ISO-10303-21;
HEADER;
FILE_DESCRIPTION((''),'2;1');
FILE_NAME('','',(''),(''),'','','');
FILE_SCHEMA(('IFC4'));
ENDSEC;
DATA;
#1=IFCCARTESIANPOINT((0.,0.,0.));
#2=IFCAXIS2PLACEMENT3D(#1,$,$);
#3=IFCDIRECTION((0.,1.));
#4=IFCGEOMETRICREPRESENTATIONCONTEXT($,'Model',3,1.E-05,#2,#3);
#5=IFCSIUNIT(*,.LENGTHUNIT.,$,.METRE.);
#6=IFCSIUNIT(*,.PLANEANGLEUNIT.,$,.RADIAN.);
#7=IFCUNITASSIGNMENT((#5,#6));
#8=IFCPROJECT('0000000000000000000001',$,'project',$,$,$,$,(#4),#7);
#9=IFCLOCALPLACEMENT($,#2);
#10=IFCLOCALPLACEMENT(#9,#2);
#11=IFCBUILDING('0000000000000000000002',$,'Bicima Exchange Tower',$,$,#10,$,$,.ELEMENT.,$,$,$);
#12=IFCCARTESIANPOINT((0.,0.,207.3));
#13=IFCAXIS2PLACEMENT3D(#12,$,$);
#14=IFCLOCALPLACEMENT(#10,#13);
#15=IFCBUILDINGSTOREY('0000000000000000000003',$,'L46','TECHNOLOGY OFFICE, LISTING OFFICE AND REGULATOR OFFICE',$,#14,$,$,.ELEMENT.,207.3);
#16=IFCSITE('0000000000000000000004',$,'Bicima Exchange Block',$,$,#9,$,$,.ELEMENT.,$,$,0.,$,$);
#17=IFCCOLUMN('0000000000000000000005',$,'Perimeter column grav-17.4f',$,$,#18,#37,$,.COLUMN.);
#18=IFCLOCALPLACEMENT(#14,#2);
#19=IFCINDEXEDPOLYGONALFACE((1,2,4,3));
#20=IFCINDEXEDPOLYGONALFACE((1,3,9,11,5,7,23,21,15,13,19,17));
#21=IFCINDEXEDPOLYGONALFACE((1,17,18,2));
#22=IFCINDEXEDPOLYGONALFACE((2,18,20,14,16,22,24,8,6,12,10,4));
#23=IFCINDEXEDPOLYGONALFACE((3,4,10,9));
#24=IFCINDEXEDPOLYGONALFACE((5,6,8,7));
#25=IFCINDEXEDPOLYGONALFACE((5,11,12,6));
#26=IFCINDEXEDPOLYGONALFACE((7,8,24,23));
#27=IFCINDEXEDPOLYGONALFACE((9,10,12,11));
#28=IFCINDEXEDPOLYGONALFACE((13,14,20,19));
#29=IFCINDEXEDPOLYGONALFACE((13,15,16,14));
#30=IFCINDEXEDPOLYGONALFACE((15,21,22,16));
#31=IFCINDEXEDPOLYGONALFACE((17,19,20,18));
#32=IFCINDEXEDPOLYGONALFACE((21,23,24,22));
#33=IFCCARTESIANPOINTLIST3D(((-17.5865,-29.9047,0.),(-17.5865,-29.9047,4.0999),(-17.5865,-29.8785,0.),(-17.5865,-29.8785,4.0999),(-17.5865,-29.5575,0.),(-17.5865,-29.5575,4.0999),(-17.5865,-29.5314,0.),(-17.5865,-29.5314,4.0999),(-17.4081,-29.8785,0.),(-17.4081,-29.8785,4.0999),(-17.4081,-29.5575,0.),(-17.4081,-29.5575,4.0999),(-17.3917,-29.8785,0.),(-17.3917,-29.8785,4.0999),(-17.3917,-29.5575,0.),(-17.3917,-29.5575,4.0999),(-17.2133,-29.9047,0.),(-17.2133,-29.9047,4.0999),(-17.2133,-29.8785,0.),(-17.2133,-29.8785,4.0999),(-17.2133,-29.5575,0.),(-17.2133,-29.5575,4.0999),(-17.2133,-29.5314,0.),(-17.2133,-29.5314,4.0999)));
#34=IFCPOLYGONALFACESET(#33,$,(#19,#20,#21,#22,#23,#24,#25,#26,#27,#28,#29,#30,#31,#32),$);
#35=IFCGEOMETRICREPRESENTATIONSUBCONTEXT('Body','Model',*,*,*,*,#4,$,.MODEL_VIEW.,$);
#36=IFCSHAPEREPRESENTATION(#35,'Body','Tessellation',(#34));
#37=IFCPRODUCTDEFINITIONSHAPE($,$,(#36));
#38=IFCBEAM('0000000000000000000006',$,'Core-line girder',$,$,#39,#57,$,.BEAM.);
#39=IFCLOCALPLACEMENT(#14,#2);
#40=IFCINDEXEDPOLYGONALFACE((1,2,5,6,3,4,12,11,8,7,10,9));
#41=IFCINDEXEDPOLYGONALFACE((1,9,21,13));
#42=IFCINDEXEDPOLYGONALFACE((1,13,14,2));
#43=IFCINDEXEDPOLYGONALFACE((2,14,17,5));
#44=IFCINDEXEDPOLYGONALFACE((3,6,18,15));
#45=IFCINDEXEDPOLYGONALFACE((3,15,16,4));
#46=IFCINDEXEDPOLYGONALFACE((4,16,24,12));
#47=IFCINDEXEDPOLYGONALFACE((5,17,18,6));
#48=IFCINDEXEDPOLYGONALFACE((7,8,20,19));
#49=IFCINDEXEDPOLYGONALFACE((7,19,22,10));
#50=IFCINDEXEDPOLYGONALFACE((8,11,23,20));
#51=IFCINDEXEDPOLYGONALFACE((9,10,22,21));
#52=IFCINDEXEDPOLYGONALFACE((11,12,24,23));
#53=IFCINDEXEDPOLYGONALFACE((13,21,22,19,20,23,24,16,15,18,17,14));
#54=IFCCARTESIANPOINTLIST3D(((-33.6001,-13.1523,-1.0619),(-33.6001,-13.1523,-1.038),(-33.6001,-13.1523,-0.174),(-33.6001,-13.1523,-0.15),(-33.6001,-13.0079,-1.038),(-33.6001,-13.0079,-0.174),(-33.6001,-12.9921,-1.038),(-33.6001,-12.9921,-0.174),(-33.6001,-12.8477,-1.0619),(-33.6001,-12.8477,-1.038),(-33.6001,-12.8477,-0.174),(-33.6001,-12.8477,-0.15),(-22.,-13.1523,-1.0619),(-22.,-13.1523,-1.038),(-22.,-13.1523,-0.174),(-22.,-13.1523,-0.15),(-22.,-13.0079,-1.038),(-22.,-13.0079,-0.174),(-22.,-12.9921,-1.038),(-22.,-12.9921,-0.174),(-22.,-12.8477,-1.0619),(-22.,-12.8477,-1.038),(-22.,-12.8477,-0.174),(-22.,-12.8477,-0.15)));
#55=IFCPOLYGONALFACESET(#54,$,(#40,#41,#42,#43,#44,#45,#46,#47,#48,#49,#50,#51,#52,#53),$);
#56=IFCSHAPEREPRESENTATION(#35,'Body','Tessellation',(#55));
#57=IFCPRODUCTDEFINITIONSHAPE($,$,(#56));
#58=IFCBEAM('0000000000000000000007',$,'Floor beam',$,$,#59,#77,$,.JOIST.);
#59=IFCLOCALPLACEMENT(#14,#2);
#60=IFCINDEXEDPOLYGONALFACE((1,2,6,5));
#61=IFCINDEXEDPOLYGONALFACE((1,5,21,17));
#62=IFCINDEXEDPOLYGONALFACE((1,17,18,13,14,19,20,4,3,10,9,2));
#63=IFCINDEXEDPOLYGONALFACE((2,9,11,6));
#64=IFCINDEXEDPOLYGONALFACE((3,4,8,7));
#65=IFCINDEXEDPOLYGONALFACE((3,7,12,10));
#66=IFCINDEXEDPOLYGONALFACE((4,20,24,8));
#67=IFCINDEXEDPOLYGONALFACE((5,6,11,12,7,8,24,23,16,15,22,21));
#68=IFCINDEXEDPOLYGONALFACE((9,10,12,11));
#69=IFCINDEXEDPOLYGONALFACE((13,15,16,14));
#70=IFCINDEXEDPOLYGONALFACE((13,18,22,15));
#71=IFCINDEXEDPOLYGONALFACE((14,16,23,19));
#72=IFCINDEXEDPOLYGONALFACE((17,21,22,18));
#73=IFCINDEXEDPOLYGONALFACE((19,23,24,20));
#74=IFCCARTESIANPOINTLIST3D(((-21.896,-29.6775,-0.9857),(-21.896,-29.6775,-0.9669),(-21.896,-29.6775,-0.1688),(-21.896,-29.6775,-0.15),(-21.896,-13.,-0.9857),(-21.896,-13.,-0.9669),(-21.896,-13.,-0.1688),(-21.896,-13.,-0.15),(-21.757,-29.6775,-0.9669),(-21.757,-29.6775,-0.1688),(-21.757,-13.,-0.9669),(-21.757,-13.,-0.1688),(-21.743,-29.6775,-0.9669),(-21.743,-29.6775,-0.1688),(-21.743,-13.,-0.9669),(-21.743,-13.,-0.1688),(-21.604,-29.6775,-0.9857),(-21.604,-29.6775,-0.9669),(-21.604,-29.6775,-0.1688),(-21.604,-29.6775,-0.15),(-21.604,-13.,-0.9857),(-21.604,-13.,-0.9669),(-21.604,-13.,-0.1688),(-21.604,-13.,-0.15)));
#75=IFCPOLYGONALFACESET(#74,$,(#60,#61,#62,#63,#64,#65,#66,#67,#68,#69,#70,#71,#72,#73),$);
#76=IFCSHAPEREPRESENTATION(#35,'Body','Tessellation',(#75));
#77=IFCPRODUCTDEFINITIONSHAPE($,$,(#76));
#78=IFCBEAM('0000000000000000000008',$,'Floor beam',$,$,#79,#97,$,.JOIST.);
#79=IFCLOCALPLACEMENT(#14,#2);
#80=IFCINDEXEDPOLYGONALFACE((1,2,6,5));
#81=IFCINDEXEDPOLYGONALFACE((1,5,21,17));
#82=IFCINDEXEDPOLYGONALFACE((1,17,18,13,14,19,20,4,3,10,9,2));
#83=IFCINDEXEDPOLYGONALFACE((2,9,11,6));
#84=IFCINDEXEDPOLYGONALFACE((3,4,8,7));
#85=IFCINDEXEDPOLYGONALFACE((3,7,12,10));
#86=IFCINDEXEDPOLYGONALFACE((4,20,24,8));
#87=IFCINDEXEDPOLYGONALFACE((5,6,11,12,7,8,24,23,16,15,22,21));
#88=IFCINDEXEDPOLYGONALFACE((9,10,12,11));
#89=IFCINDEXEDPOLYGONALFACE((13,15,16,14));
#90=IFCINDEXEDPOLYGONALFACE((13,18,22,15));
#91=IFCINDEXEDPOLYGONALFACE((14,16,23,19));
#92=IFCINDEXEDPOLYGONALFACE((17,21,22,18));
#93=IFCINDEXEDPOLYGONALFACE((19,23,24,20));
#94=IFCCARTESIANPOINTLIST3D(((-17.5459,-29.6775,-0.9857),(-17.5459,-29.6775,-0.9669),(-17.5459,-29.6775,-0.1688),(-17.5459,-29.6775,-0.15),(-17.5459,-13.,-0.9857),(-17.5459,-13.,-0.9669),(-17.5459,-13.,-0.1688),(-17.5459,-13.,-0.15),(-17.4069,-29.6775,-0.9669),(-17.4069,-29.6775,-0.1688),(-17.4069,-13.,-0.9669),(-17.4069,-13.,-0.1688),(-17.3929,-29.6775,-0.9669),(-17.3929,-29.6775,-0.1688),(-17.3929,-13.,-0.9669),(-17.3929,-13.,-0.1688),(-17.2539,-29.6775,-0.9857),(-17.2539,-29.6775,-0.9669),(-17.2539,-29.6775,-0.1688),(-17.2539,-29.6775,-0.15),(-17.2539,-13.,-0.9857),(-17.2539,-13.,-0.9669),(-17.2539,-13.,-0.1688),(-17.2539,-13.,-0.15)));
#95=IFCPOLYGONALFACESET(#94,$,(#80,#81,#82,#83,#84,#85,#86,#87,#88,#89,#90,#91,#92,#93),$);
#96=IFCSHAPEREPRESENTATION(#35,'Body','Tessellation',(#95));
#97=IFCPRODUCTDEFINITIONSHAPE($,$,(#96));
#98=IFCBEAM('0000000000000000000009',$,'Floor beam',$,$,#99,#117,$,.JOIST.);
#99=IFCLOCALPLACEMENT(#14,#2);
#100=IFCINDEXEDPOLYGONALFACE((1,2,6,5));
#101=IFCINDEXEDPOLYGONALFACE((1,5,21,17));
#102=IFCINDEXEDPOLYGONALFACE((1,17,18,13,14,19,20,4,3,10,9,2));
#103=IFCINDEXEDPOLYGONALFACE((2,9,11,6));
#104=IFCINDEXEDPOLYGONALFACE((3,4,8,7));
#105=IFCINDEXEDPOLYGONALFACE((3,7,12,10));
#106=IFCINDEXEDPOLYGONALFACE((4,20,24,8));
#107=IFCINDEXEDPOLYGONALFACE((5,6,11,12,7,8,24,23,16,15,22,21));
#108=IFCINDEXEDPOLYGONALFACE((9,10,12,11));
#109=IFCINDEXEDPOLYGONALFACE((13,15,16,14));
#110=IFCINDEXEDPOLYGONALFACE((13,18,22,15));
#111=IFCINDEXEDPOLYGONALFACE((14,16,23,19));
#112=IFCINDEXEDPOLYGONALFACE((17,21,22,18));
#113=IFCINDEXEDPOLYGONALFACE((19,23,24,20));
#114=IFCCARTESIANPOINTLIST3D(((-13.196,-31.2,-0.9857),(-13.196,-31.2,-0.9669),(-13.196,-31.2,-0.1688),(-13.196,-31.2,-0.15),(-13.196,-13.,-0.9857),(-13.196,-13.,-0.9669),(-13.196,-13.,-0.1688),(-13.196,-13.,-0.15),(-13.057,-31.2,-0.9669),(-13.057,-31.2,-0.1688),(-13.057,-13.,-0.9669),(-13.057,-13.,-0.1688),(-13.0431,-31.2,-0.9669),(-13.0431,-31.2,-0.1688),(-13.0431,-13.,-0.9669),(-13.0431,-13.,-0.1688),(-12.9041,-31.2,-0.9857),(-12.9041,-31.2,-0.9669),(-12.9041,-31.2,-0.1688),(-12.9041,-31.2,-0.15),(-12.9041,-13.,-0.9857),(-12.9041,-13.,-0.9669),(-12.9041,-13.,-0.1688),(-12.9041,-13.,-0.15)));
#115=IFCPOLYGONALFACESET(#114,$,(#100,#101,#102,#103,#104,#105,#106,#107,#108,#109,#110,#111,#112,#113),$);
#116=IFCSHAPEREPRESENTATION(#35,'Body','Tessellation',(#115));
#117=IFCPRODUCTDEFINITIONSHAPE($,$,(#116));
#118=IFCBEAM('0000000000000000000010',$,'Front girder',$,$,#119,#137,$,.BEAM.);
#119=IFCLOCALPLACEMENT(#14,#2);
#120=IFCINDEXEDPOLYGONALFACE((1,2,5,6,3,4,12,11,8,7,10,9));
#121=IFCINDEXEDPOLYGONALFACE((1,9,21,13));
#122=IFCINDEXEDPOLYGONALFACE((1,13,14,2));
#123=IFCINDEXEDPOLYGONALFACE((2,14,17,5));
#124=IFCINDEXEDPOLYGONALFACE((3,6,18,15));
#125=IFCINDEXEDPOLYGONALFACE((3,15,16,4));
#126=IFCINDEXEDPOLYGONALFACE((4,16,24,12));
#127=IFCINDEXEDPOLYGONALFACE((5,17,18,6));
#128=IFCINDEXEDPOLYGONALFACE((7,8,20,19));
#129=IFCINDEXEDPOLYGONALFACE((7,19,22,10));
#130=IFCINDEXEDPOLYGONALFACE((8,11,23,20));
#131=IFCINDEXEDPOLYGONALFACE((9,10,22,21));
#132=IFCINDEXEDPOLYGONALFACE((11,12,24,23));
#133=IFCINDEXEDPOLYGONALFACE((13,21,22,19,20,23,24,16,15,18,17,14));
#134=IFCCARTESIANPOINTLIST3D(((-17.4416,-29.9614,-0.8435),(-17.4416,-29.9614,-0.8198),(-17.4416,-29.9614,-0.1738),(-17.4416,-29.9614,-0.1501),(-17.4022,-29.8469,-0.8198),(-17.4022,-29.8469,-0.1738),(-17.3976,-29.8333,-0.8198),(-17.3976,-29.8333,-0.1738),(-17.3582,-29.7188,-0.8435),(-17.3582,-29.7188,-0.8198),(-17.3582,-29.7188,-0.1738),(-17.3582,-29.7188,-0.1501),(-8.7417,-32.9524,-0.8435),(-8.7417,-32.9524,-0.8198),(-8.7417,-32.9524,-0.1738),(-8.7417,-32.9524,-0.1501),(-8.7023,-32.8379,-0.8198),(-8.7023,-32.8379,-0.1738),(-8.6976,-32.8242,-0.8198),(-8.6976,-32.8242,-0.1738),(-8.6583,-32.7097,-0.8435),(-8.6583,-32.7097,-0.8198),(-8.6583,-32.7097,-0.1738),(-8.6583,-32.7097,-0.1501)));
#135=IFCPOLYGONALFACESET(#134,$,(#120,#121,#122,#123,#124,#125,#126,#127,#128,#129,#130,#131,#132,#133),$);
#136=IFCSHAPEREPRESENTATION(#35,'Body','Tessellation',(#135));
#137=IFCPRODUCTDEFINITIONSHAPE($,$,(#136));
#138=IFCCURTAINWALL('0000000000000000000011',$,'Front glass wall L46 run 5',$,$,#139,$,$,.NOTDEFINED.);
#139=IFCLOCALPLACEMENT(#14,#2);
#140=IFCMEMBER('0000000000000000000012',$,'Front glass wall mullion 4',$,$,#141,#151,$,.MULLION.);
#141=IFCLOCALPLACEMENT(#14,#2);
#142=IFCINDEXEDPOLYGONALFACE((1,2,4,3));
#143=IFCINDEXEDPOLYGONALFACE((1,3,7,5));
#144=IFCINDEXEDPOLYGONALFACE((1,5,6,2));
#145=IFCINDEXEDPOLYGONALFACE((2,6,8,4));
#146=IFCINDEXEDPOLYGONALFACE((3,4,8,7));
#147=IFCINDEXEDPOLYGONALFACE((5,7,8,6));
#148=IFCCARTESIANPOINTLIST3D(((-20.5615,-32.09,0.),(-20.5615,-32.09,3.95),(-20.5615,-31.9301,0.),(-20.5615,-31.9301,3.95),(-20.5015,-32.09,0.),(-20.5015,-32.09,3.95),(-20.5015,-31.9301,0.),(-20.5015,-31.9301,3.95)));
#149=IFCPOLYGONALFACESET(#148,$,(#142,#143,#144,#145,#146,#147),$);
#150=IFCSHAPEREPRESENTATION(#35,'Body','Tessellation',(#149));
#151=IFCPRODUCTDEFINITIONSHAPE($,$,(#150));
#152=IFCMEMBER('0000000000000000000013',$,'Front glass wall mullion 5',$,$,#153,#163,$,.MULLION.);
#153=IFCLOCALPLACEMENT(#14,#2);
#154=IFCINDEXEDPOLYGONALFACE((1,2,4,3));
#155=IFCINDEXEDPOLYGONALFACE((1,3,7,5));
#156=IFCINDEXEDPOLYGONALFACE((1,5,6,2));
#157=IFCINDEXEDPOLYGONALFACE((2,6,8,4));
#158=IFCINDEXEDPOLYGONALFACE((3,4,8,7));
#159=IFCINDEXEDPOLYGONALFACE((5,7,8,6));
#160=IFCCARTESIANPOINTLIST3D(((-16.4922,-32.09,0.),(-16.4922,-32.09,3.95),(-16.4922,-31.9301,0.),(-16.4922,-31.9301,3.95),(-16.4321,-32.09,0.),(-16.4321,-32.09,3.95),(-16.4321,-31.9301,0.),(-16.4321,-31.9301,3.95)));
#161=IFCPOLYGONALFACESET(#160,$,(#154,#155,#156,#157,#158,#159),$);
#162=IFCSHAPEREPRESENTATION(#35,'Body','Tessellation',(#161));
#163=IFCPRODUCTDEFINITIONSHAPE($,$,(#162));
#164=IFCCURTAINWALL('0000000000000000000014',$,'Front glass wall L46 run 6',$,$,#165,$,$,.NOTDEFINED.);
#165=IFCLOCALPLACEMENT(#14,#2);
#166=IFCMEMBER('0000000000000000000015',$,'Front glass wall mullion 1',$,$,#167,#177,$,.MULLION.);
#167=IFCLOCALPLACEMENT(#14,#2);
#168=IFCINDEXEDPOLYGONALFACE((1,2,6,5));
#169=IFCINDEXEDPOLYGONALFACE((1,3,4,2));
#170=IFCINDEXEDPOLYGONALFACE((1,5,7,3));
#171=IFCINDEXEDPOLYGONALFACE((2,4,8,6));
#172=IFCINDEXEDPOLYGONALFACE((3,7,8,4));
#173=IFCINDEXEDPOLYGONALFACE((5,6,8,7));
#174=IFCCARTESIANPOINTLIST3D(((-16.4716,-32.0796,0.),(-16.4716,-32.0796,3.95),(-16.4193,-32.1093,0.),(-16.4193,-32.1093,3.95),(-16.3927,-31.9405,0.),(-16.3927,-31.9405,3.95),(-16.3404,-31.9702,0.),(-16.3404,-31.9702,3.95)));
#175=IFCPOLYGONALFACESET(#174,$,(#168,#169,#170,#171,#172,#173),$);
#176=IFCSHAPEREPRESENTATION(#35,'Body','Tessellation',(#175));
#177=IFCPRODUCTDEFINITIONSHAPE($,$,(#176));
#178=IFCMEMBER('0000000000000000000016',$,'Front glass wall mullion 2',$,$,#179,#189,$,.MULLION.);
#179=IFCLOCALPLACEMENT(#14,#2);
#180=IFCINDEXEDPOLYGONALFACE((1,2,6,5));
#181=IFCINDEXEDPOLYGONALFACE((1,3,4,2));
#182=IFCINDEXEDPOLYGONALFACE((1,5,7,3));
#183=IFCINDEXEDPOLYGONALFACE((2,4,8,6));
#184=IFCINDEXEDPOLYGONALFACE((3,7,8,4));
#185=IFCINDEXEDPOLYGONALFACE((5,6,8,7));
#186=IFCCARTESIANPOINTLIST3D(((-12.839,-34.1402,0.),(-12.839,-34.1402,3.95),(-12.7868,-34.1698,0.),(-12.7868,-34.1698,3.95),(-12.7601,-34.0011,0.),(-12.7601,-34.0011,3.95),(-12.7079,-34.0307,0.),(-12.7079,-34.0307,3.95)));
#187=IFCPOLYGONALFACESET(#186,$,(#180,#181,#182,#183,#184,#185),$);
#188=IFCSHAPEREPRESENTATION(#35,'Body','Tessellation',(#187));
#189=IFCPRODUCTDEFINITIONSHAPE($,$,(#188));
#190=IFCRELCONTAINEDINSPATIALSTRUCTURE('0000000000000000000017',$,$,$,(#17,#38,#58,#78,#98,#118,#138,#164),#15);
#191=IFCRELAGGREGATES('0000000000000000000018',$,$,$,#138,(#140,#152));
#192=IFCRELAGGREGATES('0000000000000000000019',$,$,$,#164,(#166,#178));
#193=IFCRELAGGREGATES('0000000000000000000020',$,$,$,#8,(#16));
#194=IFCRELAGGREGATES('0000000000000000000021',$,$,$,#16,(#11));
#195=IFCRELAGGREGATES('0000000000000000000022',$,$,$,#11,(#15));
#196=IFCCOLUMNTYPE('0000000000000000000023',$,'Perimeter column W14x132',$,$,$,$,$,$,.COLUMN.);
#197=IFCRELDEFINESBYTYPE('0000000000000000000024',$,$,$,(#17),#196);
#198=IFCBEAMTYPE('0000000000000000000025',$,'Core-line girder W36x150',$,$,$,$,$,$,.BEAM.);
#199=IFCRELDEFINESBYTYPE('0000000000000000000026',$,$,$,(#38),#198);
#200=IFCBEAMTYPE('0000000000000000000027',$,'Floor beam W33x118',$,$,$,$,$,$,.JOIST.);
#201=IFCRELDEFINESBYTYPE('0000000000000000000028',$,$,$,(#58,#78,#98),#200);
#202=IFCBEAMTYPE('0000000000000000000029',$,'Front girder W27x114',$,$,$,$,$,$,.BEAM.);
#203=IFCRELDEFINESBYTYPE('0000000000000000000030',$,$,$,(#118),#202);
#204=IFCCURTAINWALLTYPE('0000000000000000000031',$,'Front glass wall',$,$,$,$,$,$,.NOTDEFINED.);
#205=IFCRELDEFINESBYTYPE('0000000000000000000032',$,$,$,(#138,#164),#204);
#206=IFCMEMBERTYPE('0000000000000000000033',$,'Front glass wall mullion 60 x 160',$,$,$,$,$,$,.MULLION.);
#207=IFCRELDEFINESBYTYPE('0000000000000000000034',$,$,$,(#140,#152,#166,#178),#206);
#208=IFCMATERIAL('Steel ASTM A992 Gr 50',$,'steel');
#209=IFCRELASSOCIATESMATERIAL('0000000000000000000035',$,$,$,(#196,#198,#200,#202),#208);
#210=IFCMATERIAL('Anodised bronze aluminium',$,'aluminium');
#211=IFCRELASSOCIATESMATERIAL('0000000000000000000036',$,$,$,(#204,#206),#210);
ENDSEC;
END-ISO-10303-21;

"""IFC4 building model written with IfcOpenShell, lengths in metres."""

from ifc_helpers import new_model, si_unit, direction, frame, origin, origin_2d, place, context, subcontext, project, spatial, rectangle, i_section, extrude, material, material_profile, profile_set, type_object, element, aggregate, save


model = new_model("IFC4")

# Units and contexts
model_context = context("Model", 3, precision=1e-05, world=origin(), true_north=direction((0.0, 1.0)))
body_context = subcontext(model_context, "Body", "Model", "MODEL_VIEW")
ifc_project = project(units=[si_unit("LENGTHUNIT", "METRE"), si_unit("PLANEANGLEUNIT", "RADIAN")], contexts=[model_context])

# Site, building, storey
site_placement = place(None, origin())
site = spatial("IfcSite", under=ifc_project, at=site_placement, Name="Bicima Exchange Block", CompositionType="ELEMENT", RefElevation=0.0)
building_placement = place(site_placement, origin())
building = spatial("IfcBuilding", under=site, at=building_placement, Name="Bicima Exchange Tower", CompositionType="ELEMENT")
storey_placement = place(building_placement, frame((0.0, 0.0, 207.3)))
storey = spatial("IfcBuildingStorey", under=building, at=storey_placement, Name="L46", Description="TECHNOLOGY OFFICE, LISTING OFFICE AND REGULATOR OFFICE", CompositionType="ELEMENT", Elevation=207.3)

# Column
ifc_material_1 = material(Name="Steel ASTM A992 Gr 50", Category="steel")
ifc_material_profile_1 = material_profile(ifc_material_1, i_section(OverallWidth=0.3733, OverallDepth=0.3733, WebThickness=0.0164, FlangeThickness=0.0261, at=origin_2d()))
ifc_profile_set_1 = profile_set([ifc_material_profile_1], Name="Steel ASTM A992 Gr 50")
column_type = type_object("IfcColumnType", Name="Perimeter column W14x132", PredefinedType="COLUMN", material=ifc_profile_set_1)
column_placement = place(storey_placement, frame((-17.3999, -29.718, 0.0), z_axis=(0.0, 0.0, 1.0), x_axis=(1.0, 0.0, 0.0)))
element("IfcColumn", 1, at=column_placement, inside=storey, type_object=column_type, Name="Perimeter column grav-17.4f", PredefinedType="COLUMN", context=body_context, shape_type="SweptSolid", body=[
    extrude(i_section(OverallWidth=0.3733, OverallDepth=0.3733, WebThickness=0.0164, FlangeThickness=0.0261, at=origin_2d()), origin(), (0.0, 0.0, 1.0), 4.0999),
])

# Beams
ifc_material_profile_2 = material_profile(ifc_material_1, i_section(OverallWidth=0.3047, OverallDepth=0.9119, WebThickness=0.0159, FlangeThickness=0.0239, at=origin_2d()))
ifc_profile_set_2 = profile_set([ifc_material_profile_2], Name="Steel ASTM A992 Gr 50")
beam_type_1 = type_object("IfcBeamType", Name="Core-line girder W36x150", PredefinedType="BEAM", material=ifc_profile_set_2)
beam_1_placement = place(storey_placement, frame((-22.0, -13.0, -0.606), z_axis=(-1.0, 0.0, 0.0), x_axis=(0.0, -1.0, 0.0)))
element("IfcBeam", 2, at=beam_1_placement, inside=storey, type_object=beam_type_1, Name="Core-line girder", PredefinedType="BEAM", context=body_context, shape_type="SweptSolid", body=[
    extrude(i_section(OverallWidth=0.3047, OverallDepth=0.9119, WebThickness=0.0159, FlangeThickness=0.0239, at=origin_2d()), origin(), (0.0, 0.0, 1.0), 11.6001),
])
ifc_material_profile_3 = material_profile(ifc_material_1, i_section(OverallWidth=0.292, OverallDepth=0.8357, WebThickness=0.0139, FlangeThickness=0.0188, at=origin_2d()))
ifc_profile_set_3 = profile_set([ifc_material_profile_3], Name="Steel ASTM A992 Gr 50")
beam_type_2 = type_object("IfcBeamType", Name="Floor beam W33x118", PredefinedType="JOIST", material=ifc_profile_set_3)
for number, where, z_axis, x_axis, name in (
    (3, (-21.75, -13.0, -0.5679), (0.0, -1.0, 0.0), (1.0, 0.0, 0.0), "Floor beam"),
    (4, (-17.3999, -13.0, -0.5679), (0.0, -1.0, 0.0), (1.0, 0.0, 0.0), "Floor beam"),
):
    element("IfcBeam", number, at=place(storey_placement, frame(where, z_axis=z_axis, x_axis=x_axis)), inside=storey, type_object=beam_type_2, Name=name, PredefinedType="JOIST", context=body_context, shape_type="SweptSolid", body=[
        extrude(i_section(OverallWidth=0.292, OverallDepth=0.8357, WebThickness=0.0139, FlangeThickness=0.0188, at=origin_2d()), origin(), (0.0, 0.0, 1.0), 16.6775),
    ])
beam_2_placement = place(storey_placement, frame((-13.05, -13.0, -0.5679), z_axis=(0.0, -1.0, 0.0), x_axis=(1.0, 0.0, 0.0)))
element("IfcBeam", 5, at=beam_2_placement, inside=storey, type_object=beam_type_2, Name="Floor beam", PredefinedType="JOIST", context=body_context, shape_type="SweptSolid", body=[
    extrude(i_section(OverallWidth=0.292, OverallDepth=0.8357, WebThickness=0.0139, FlangeThickness=0.0188, at=origin_2d()), origin(), (0.0, 0.0, 1.0), 18.2),
])
ifc_material_profile_4 = material_profile(ifc_material_1, i_section(OverallWidth=0.2566, OverallDepth=0.6934, WebThickness=0.0144, FlangeThickness=0.0237, at=origin_2d()))
ifc_profile_set_4 = profile_set([ifc_material_profile_4], Name="Steel ASTM A992 Gr 50")
beam_type_3 = type_object("IfcBeamType", Name="Front girder W27x114", PredefinedType="BEAM", material=ifc_profile_set_4)
beam_3_placement = place(storey_placement, frame((-17.3999, -29.8401, -0.4968), z_axis=(0.945675, -0.325115, 0.0), x_axis=(0.325115, 0.945675, 0.0)))
element("IfcBeam", 6, at=beam_3_placement, inside=storey, type_object=beam_type_3, Name="Front girder", PredefinedType="BEAM", context=body_context, shape_type="SweptSolid", body=[
    extrude(i_section(OverallWidth=0.2566, OverallDepth=0.6934, WebThickness=0.0144, FlangeThickness=0.0237, at=origin_2d()), origin(), (0.0, 0.0, 1.0), 9.1997),
])

# Curtain walls, members
ifc_material_2 = material(Name="Anodised bronze aluminium", Category="aluminium")
curtain_wall_type = type_object("IfcCurtainWallType", Name="Front glass wall", PredefinedType="NOTDEFINED", material=ifc_material_2)
curtain_wall_1_placement = place(storey_placement, origin())
curtain_wall_1 = element("IfcCurtainWall", 7, at=curtain_wall_1_placement, inside=storey, type_object=curtain_wall_type, Name="Front glass wall L46 run 5", PredefinedType="NOTDEFINED")
ifc_material_profile_5 = material_profile(ifc_material_2, rectangle(XDim=0.1599, YDim=0.0601, at=origin_2d()))
ifc_profile_set_5 = profile_set([ifc_material_profile_5], Name="Anodised bronze aluminium")
member_type_1 = type_object("IfcMemberType", Name="Front glass wall mullion 60 x 160", PredefinedType="MULLION", material=ifc_profile_set_5)
member_1_placement = place(storey_placement, frame((-20.5315, -32.01, 0.0), z_axis=(0.0, 0.0, 1.0), x_axis=(0.0, 1.0, 0.0)))
member_1 = element("IfcMember", 8, at=member_1_placement, type_object=member_type_1, Name="Front glass wall mullion 4", PredefinedType="MULLION", context=body_context, shape_type="SweptSolid", body=[
    extrude(rectangle(XDim=0.1599, YDim=0.0601, at=origin_2d()), origin(), (0.0, 0.0, 1.0), 3.95),
])
member_2_placement = place(storey_placement, frame((-16.4622, -32.01, 0.0), z_axis=(0.0, 0.0, 1.0), x_axis=(0.0, 1.0, 0.0)))
member_2 = element("IfcMember", 9, at=member_2_placement, type_object=member_type_1, Name="Front glass wall mullion 5", PredefinedType="MULLION", context=body_context, shape_type="SweptSolid", body=[
    extrude(rectangle(XDim=0.1599, YDim=0.0601, at=origin_2d()), origin(), (0.0, 0.0, 1.0), 3.95),
])
curtain_wall_2_placement = place(storey_placement, origin())
curtain_wall_2 = element("IfcCurtainWall", 10, at=curtain_wall_2_placement, inside=storey, type_object=curtain_wall_type, Name="Front glass wall L46 run 6", PredefinedType="NOTDEFINED")
member_3_placement = place(storey_placement, frame((-16.406, -32.0249, 0.0), z_axis=(0.0, 0.0, 1.0), x_axis=(0.493395, 0.869805, 0.0)))
member_3 = element("IfcMember", 11, at=member_3_placement, type_object=member_type_1, Name="Front glass wall mullion 1", PredefinedType="MULLION", context=body_context, shape_type="SweptSolid", body=[
    extrude(rectangle(XDim=0.1599, YDim=0.0601, at=origin_2d()), origin(), (0.0, 0.0, 1.0), 3.95),
])
member_4_placement = place(storey_placement, frame((-12.7734, -34.0854, 0.0), z_axis=(0.0, 0.0, 1.0), x_axis=(0.493395, 0.869805, 0.0)))
member_4 = element("IfcMember", 12, at=member_4_placement, type_object=member_type_1, Name="Front glass wall mullion 2", PredefinedType="MULLION", context=body_context, shape_type="SweptSolid", body=[
    extrude(rectangle(XDim=0.1599, YDim=0.0601, at=origin_2d()), origin(), (0.0, 0.0, 1.0), 3.95),
])

aggregate(curtain_wall_1, [member_1, member_2])
aggregate(curtain_wall_2, [member_3, member_4])

save(model, "model.ifc")
